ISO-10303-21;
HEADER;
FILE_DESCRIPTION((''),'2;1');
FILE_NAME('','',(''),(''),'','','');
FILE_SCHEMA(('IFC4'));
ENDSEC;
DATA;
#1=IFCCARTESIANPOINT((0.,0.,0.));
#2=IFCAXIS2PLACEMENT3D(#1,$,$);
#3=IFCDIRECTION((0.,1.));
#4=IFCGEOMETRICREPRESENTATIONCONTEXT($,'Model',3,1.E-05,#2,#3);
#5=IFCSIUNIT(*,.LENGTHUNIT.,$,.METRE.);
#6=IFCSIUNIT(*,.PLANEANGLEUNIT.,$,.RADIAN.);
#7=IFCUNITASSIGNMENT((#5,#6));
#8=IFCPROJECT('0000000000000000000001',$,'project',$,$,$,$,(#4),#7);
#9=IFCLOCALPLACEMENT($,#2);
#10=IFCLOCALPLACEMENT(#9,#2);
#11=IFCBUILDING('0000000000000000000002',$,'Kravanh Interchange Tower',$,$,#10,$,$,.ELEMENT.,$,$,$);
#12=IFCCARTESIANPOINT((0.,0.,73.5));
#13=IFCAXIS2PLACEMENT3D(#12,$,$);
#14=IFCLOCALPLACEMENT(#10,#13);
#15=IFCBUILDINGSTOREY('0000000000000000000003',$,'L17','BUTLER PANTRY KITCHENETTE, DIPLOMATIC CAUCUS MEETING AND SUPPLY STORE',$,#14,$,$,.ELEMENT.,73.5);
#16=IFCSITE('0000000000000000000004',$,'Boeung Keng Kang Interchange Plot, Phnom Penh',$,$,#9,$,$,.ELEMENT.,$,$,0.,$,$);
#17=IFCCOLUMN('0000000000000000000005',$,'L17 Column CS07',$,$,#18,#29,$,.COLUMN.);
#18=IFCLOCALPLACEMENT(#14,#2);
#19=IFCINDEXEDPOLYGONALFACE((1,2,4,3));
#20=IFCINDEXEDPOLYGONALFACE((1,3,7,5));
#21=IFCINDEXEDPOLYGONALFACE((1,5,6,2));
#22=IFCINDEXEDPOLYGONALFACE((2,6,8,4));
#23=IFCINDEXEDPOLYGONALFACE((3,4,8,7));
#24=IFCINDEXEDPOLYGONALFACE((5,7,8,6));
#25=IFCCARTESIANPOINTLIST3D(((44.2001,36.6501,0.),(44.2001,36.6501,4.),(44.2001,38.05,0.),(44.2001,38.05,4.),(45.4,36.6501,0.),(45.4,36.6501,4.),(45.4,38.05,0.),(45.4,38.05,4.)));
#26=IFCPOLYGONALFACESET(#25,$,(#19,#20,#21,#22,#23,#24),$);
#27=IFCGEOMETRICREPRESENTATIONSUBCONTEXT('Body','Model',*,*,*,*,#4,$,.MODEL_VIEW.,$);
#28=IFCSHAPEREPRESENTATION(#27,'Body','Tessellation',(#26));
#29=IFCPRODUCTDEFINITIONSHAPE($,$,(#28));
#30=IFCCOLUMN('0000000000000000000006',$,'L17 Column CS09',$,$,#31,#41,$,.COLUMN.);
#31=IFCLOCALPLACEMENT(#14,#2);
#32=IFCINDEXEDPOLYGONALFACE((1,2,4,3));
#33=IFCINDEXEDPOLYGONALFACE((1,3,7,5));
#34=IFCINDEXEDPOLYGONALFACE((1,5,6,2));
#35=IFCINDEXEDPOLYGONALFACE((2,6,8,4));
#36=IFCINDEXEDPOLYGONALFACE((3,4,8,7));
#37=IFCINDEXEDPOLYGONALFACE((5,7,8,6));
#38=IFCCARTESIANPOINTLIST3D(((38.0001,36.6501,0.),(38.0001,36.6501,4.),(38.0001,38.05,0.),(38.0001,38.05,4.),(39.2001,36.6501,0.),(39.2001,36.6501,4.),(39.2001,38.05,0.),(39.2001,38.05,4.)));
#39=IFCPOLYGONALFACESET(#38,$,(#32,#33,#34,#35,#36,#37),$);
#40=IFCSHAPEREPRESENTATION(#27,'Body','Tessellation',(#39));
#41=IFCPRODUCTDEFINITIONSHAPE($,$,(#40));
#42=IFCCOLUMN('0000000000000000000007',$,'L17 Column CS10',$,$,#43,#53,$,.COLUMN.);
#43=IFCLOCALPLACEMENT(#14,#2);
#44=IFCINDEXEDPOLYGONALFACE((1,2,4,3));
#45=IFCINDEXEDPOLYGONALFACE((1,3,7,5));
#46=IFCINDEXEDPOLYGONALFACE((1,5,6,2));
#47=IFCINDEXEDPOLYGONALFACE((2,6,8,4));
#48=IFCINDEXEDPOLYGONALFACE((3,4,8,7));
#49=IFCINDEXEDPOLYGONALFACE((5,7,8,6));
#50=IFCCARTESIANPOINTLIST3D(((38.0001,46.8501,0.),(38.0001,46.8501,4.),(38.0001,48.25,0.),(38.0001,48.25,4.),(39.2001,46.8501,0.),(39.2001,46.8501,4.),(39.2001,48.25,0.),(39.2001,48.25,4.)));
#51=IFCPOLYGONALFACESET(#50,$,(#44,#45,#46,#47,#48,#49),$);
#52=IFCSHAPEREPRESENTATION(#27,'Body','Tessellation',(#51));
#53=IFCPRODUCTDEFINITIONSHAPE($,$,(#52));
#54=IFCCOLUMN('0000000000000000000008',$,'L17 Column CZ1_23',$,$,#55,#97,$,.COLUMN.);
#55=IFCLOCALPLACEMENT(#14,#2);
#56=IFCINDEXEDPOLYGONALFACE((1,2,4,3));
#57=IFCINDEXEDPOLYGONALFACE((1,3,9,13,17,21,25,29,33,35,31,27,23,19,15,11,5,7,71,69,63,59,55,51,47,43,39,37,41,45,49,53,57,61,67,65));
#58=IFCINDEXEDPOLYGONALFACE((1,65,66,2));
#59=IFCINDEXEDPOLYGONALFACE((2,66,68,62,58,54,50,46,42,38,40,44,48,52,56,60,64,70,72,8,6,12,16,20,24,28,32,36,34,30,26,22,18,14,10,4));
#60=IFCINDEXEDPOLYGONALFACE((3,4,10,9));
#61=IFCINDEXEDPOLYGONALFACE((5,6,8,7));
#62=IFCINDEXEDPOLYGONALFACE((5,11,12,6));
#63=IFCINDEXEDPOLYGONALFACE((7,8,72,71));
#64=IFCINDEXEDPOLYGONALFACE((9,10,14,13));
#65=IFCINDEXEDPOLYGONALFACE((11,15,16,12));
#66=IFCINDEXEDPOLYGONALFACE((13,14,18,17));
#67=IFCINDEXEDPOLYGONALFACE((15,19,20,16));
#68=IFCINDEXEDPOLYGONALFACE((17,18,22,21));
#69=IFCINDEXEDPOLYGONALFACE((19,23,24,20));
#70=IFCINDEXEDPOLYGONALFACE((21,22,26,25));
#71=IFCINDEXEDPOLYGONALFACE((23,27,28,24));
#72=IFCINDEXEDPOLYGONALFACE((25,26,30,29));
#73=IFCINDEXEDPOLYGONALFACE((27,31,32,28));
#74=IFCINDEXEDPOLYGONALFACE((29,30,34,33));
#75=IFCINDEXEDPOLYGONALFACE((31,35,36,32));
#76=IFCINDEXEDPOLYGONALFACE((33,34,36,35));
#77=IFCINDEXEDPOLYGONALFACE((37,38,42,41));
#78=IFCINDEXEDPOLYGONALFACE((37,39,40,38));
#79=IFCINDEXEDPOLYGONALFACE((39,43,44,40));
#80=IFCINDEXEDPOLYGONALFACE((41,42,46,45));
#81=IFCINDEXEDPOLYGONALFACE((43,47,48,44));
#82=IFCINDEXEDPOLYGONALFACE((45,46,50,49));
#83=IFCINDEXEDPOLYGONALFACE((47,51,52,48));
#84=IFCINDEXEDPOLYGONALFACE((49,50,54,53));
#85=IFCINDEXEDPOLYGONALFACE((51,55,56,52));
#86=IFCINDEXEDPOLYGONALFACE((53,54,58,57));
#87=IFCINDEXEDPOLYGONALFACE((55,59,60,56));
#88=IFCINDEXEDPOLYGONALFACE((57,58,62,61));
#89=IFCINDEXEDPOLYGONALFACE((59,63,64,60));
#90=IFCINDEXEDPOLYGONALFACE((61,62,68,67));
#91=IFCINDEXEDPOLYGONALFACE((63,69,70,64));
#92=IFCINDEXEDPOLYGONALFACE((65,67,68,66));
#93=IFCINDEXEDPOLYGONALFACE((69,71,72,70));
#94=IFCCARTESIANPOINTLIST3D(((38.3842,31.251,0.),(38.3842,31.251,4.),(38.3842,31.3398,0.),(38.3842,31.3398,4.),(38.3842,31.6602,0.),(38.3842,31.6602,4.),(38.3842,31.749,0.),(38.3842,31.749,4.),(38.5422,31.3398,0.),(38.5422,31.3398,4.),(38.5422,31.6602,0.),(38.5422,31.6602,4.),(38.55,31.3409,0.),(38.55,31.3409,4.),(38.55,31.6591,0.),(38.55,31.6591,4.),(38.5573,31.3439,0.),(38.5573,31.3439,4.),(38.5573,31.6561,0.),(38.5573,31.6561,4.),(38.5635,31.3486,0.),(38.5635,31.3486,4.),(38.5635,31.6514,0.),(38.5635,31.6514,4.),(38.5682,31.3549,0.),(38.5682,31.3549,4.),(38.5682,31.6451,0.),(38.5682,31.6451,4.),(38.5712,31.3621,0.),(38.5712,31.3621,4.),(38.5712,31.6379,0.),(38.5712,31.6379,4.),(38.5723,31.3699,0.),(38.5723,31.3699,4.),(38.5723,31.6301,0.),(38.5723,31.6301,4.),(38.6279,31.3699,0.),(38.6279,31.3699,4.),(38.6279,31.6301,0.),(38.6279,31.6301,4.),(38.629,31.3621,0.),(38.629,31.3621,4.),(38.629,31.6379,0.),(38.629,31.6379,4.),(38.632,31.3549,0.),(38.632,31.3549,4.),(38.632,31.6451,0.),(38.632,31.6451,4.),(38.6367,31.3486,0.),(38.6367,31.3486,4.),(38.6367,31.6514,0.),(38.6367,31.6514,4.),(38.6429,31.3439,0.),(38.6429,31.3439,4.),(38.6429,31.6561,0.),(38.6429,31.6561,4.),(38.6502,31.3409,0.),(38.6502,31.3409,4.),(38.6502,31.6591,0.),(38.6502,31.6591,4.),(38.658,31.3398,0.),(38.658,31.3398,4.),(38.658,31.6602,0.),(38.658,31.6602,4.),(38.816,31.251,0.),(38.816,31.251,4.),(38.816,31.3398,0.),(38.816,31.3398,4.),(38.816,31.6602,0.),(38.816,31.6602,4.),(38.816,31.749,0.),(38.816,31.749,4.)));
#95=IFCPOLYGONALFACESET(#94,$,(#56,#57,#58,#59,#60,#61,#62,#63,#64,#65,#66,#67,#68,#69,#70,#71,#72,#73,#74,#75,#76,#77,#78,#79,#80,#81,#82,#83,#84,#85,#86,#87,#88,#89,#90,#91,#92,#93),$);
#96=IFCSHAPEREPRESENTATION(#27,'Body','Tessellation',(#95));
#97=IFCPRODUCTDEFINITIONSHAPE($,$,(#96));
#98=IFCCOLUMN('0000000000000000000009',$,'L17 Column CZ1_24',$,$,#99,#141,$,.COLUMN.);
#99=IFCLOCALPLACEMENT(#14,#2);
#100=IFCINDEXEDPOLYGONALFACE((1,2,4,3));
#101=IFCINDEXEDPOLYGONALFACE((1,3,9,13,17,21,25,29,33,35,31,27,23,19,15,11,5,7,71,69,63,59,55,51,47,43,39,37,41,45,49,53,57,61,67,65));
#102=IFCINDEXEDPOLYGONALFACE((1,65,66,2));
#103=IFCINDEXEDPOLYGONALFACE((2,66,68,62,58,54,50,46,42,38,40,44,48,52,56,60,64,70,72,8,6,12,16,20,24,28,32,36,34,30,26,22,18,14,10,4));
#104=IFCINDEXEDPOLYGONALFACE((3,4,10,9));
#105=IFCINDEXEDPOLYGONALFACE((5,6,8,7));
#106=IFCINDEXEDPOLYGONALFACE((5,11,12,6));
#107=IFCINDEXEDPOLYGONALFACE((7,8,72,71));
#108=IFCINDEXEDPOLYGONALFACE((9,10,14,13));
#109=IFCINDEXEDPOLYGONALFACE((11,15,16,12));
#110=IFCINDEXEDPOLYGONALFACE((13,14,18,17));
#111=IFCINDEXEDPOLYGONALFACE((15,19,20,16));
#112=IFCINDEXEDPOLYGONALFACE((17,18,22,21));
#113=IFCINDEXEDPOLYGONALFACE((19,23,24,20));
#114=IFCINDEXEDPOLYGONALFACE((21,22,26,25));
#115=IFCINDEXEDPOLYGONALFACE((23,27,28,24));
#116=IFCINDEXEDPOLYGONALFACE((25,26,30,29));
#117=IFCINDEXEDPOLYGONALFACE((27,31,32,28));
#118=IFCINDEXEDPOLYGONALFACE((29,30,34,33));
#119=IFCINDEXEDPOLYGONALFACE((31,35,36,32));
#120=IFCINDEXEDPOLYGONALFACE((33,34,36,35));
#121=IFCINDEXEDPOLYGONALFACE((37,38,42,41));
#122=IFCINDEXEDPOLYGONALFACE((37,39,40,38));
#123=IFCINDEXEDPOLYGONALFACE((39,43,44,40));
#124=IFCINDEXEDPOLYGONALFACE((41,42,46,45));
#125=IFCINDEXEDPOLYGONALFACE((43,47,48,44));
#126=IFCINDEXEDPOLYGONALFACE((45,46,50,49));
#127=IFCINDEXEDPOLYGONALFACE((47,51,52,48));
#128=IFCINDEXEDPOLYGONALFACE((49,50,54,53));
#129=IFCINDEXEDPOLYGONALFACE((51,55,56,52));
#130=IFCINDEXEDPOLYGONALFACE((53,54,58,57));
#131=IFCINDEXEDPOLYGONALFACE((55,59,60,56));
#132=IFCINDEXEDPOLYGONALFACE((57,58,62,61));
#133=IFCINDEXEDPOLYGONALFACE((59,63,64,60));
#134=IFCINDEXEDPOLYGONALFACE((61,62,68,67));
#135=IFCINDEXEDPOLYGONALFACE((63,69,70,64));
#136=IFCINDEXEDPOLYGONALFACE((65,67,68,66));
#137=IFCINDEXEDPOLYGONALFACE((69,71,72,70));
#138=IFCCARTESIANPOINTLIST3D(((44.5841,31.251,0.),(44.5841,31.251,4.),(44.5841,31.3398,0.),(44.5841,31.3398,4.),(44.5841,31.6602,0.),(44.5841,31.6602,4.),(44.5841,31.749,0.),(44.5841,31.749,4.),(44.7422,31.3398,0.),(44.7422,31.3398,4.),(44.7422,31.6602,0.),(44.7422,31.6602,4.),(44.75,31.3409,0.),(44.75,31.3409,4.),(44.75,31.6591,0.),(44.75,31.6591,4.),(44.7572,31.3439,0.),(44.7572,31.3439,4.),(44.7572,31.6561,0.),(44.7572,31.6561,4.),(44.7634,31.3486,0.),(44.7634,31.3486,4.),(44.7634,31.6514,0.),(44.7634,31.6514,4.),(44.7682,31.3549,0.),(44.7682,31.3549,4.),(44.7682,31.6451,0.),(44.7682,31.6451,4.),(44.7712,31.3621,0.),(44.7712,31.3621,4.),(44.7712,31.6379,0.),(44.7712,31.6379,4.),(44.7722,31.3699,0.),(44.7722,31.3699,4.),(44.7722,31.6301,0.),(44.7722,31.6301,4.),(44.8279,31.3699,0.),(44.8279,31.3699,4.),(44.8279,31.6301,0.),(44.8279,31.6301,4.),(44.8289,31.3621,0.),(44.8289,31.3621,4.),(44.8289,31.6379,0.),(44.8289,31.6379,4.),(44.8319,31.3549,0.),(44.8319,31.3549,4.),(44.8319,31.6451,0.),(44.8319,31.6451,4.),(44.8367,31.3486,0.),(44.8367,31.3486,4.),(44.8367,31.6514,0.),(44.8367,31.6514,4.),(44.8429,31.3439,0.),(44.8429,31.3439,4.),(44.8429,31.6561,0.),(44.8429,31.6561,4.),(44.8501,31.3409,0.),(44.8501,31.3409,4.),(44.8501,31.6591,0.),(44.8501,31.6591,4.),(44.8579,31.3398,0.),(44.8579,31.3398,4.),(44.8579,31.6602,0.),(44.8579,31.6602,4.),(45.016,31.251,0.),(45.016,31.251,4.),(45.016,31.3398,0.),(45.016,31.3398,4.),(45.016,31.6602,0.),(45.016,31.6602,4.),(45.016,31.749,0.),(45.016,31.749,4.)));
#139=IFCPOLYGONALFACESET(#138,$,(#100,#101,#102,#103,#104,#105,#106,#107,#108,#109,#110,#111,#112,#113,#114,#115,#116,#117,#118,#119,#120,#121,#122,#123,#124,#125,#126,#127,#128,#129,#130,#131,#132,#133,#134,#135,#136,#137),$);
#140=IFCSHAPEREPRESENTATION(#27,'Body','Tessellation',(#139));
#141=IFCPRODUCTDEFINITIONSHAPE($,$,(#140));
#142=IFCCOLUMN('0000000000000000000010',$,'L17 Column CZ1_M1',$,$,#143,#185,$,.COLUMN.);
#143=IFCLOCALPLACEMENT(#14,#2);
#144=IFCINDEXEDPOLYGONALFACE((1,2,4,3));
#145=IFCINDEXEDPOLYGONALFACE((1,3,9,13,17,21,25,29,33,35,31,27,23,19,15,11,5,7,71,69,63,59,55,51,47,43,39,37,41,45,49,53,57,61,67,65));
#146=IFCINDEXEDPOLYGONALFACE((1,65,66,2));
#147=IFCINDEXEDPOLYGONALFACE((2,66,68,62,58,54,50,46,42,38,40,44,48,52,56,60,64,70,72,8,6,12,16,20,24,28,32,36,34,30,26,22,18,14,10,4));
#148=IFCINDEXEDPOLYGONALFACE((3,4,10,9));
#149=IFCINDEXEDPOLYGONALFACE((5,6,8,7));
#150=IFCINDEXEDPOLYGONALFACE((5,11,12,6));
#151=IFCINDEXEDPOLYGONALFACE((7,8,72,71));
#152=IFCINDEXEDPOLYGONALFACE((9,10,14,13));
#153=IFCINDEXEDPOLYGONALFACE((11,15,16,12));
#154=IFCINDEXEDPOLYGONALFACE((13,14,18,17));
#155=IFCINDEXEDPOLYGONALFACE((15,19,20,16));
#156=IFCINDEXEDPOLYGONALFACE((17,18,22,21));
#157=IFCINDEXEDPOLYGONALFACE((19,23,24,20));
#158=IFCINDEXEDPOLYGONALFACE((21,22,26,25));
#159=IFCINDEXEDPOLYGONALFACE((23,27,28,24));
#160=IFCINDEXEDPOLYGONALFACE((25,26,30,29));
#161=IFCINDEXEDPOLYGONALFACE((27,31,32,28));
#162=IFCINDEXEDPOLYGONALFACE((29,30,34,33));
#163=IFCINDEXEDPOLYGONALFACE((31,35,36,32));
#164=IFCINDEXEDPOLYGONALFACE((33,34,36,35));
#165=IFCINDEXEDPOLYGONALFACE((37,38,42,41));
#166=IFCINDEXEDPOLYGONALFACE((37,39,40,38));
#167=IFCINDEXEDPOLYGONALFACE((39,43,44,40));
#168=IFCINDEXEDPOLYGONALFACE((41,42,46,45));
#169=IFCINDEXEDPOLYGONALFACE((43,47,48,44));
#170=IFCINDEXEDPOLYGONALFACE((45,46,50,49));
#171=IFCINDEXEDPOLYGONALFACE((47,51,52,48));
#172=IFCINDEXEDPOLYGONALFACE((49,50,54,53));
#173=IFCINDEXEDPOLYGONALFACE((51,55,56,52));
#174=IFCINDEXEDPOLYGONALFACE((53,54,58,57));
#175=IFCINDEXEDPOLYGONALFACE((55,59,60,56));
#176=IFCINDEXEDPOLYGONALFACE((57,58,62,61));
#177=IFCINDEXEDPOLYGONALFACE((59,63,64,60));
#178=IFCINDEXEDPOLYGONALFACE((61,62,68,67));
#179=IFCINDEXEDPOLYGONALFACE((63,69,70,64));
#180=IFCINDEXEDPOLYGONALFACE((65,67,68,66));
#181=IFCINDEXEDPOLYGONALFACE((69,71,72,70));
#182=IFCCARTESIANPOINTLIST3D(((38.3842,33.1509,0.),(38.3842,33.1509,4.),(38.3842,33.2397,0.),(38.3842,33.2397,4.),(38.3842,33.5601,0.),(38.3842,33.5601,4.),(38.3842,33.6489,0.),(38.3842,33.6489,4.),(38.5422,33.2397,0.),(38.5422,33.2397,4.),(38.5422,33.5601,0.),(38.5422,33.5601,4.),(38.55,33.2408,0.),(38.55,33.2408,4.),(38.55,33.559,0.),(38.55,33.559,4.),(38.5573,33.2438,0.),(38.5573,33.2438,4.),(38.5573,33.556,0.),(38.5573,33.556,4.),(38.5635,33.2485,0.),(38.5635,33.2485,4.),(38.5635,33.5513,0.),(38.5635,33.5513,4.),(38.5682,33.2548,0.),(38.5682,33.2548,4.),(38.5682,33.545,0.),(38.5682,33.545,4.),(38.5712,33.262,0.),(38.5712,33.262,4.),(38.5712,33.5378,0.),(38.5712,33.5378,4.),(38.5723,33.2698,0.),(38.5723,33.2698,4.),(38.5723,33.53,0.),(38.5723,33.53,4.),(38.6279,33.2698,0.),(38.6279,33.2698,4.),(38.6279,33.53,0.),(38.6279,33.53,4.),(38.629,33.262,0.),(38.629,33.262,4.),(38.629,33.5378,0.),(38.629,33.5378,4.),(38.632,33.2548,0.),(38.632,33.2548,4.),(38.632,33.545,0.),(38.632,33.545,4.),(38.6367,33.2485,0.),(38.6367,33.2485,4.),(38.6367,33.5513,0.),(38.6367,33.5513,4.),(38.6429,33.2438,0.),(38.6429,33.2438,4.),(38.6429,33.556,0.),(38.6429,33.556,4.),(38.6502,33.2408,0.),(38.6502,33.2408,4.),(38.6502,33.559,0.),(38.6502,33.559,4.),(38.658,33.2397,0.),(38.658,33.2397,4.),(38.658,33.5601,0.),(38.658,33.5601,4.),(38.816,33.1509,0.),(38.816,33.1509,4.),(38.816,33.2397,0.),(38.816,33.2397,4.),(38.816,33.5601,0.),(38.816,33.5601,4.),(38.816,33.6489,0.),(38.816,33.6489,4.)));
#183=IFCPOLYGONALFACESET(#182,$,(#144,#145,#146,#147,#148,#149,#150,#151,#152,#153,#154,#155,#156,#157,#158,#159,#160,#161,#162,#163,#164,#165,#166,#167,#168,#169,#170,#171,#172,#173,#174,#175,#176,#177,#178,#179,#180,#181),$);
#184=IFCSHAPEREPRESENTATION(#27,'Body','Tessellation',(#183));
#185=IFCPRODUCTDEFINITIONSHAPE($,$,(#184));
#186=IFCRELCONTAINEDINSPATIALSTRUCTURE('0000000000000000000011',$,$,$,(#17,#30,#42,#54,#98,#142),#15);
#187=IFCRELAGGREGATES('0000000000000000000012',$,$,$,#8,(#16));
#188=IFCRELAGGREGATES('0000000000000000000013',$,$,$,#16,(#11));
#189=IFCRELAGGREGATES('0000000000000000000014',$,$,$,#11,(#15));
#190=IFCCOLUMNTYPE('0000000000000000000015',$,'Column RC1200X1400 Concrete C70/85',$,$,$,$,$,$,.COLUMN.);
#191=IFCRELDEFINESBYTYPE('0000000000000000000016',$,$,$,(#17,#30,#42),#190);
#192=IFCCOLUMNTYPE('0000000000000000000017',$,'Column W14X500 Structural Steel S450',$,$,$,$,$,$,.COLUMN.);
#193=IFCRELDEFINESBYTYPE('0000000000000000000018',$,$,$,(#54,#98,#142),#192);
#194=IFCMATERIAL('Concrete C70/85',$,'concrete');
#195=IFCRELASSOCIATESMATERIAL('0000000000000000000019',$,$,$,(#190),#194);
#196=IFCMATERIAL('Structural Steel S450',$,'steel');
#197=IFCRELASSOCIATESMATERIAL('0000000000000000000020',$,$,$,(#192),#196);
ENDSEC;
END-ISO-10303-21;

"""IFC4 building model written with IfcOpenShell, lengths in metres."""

from ifc_helpers import new_model, si_unit, direction, frame, origin, origin_2d, place, context, subcontext, project, spatial, rectangle, i_section, extrude, material, material_profile, profile_set, type_object, element, save


model = new_model("IFC4")

# Units and contexts
model_context = context("Model", 3, precision=1e-05, world=origin(), true_north=direction((0.0, 1.0)))
body_context = subcontext(model_context, "Body", "Model", "MODEL_VIEW")
ifc_project = project(units=[si_unit("LENGTHUNIT", "METRE"), si_unit("PLANEANGLEUNIT", "RADIAN")], contexts=[model_context])

# Site, building, storey
site_placement = place(None, origin())
site = spatial("IfcSite", under=ifc_project, at=site_placement, Name="Boeung Keng Kang Interchange Plot, Phnom Penh", CompositionType="ELEMENT", RefElevation=0.0)
building_placement = place(site_placement, origin())
building = spatial("IfcBuilding", under=site, at=building_placement, Name="Kravanh Interchange Tower", CompositionType="ELEMENT")
storey_placement = place(building_placement, frame((0.0, 0.0, 73.5)))
storey = spatial("IfcBuildingStorey", under=building, at=storey_placement, Name="L17", Description="BUTLER PANTRY KITCHENETTE, DIPLOMATIC CAUCUS MEETING AND SUPPLY STORE", CompositionType="ELEMENT", Elevation=73.5)

# Columns
ifc_material_1 = material(Name="Concrete C70/85", Category="concrete")
ifc_material_profile_1 = material_profile(ifc_material_1, rectangle(XDim=1.2, YDim=1.3999, at=origin_2d()), Name="RC1200X1400")
ifc_profile_set_1 = profile_set([ifc_material_profile_1], Name="Concrete C70/85")
column_type_1 = type_object("IfcColumnType", Name="Column RC1200X1400 Concrete C70/85", PredefinedType="COLUMN", material=ifc_profile_set_1)
for number, where, z_axis, x_axis, name in (
    (1, (44.8, 37.3501, 0.0), (0.0, 0.0, 1.0), (1.0, 0.0, 0.0), "L17 Column CS07"),
    (2, (38.6001, 37.3501, 0.0), (0.0, 0.0, 1.0), (1.0, 0.0, 0.0), "L17 Column CS09"),
    (3, (38.6001, 47.55, 0.0), (0.0, 0.0, 1.0), (1.0, 0.0, 0.0), "L17 Column CS10"),
):
    element("IfcColumn", number, at=place(storey_placement, frame(where, z_axis=z_axis, x_axis=x_axis)), inside=storey, type_object=column_type_1, Name=name, PredefinedType="COLUMN", context=body_context, shape_type="SweptSolid", body=[
        extrude(rectangle(XDim=1.2, YDim=1.3999, at=origin_2d()), origin(), (0.0, 0.0, 1.0), 4.0),
    ])
ifc_material_2 = material(Name="Structural Steel S450", Category="steel")
ifc_material_profile_2 = material_profile(ifc_material_2, i_section(OverallWidth=0.4319, OverallDepth=0.498, WebThickness=0.0557, FlangeThickness=0.0889, FilletRadius=0.03, at=origin_2d()), Name="W14X500")
ifc_profile_set_2 = profile_set([ifc_material_profile_2], Name="Structural Steel S450")
column_type_2 = type_object("IfcColumnType", Name="Column W14X500 Structural Steel S450", PredefinedType="COLUMN", material=ifc_profile_set_2)
for number, where, z_axis, x_axis, name in (
    (4, (38.6001, 31.5, 0.0), (0.0, 0.0, 1.0), (1.0, 0.0, 0.0), "L17 Column CZ1_23"),
    (5, (44.8, 31.5, 0.0), (0.0, 0.0, 1.0), (1.0, 0.0, 0.0), "L17 Column CZ1_24"),
    (6, (38.6001, 33.3999, 0.0), (0.0, 0.0, 1.0), (1.0, 0.0, 0.0), "L17 Column CZ1_M1"),
):
    element("IfcColumn", number, at=place(storey_placement, frame(where, z_axis=z_axis, x_axis=x_axis)), inside=storey, type_object=column_type_2, Name=name, PredefinedType="COLUMN", context=body_context, shape_type="SweptSolid", body=[
        extrude(i_section(OverallWidth=0.4319, OverallDepth=0.498, WebThickness=0.0557, FlangeThickness=0.0889, FilletRadius=0.03, at=origin_2d()), origin(), (0.0, 0.0, 1.0), 4.0),
    ])

save(model, "model.ifc")
